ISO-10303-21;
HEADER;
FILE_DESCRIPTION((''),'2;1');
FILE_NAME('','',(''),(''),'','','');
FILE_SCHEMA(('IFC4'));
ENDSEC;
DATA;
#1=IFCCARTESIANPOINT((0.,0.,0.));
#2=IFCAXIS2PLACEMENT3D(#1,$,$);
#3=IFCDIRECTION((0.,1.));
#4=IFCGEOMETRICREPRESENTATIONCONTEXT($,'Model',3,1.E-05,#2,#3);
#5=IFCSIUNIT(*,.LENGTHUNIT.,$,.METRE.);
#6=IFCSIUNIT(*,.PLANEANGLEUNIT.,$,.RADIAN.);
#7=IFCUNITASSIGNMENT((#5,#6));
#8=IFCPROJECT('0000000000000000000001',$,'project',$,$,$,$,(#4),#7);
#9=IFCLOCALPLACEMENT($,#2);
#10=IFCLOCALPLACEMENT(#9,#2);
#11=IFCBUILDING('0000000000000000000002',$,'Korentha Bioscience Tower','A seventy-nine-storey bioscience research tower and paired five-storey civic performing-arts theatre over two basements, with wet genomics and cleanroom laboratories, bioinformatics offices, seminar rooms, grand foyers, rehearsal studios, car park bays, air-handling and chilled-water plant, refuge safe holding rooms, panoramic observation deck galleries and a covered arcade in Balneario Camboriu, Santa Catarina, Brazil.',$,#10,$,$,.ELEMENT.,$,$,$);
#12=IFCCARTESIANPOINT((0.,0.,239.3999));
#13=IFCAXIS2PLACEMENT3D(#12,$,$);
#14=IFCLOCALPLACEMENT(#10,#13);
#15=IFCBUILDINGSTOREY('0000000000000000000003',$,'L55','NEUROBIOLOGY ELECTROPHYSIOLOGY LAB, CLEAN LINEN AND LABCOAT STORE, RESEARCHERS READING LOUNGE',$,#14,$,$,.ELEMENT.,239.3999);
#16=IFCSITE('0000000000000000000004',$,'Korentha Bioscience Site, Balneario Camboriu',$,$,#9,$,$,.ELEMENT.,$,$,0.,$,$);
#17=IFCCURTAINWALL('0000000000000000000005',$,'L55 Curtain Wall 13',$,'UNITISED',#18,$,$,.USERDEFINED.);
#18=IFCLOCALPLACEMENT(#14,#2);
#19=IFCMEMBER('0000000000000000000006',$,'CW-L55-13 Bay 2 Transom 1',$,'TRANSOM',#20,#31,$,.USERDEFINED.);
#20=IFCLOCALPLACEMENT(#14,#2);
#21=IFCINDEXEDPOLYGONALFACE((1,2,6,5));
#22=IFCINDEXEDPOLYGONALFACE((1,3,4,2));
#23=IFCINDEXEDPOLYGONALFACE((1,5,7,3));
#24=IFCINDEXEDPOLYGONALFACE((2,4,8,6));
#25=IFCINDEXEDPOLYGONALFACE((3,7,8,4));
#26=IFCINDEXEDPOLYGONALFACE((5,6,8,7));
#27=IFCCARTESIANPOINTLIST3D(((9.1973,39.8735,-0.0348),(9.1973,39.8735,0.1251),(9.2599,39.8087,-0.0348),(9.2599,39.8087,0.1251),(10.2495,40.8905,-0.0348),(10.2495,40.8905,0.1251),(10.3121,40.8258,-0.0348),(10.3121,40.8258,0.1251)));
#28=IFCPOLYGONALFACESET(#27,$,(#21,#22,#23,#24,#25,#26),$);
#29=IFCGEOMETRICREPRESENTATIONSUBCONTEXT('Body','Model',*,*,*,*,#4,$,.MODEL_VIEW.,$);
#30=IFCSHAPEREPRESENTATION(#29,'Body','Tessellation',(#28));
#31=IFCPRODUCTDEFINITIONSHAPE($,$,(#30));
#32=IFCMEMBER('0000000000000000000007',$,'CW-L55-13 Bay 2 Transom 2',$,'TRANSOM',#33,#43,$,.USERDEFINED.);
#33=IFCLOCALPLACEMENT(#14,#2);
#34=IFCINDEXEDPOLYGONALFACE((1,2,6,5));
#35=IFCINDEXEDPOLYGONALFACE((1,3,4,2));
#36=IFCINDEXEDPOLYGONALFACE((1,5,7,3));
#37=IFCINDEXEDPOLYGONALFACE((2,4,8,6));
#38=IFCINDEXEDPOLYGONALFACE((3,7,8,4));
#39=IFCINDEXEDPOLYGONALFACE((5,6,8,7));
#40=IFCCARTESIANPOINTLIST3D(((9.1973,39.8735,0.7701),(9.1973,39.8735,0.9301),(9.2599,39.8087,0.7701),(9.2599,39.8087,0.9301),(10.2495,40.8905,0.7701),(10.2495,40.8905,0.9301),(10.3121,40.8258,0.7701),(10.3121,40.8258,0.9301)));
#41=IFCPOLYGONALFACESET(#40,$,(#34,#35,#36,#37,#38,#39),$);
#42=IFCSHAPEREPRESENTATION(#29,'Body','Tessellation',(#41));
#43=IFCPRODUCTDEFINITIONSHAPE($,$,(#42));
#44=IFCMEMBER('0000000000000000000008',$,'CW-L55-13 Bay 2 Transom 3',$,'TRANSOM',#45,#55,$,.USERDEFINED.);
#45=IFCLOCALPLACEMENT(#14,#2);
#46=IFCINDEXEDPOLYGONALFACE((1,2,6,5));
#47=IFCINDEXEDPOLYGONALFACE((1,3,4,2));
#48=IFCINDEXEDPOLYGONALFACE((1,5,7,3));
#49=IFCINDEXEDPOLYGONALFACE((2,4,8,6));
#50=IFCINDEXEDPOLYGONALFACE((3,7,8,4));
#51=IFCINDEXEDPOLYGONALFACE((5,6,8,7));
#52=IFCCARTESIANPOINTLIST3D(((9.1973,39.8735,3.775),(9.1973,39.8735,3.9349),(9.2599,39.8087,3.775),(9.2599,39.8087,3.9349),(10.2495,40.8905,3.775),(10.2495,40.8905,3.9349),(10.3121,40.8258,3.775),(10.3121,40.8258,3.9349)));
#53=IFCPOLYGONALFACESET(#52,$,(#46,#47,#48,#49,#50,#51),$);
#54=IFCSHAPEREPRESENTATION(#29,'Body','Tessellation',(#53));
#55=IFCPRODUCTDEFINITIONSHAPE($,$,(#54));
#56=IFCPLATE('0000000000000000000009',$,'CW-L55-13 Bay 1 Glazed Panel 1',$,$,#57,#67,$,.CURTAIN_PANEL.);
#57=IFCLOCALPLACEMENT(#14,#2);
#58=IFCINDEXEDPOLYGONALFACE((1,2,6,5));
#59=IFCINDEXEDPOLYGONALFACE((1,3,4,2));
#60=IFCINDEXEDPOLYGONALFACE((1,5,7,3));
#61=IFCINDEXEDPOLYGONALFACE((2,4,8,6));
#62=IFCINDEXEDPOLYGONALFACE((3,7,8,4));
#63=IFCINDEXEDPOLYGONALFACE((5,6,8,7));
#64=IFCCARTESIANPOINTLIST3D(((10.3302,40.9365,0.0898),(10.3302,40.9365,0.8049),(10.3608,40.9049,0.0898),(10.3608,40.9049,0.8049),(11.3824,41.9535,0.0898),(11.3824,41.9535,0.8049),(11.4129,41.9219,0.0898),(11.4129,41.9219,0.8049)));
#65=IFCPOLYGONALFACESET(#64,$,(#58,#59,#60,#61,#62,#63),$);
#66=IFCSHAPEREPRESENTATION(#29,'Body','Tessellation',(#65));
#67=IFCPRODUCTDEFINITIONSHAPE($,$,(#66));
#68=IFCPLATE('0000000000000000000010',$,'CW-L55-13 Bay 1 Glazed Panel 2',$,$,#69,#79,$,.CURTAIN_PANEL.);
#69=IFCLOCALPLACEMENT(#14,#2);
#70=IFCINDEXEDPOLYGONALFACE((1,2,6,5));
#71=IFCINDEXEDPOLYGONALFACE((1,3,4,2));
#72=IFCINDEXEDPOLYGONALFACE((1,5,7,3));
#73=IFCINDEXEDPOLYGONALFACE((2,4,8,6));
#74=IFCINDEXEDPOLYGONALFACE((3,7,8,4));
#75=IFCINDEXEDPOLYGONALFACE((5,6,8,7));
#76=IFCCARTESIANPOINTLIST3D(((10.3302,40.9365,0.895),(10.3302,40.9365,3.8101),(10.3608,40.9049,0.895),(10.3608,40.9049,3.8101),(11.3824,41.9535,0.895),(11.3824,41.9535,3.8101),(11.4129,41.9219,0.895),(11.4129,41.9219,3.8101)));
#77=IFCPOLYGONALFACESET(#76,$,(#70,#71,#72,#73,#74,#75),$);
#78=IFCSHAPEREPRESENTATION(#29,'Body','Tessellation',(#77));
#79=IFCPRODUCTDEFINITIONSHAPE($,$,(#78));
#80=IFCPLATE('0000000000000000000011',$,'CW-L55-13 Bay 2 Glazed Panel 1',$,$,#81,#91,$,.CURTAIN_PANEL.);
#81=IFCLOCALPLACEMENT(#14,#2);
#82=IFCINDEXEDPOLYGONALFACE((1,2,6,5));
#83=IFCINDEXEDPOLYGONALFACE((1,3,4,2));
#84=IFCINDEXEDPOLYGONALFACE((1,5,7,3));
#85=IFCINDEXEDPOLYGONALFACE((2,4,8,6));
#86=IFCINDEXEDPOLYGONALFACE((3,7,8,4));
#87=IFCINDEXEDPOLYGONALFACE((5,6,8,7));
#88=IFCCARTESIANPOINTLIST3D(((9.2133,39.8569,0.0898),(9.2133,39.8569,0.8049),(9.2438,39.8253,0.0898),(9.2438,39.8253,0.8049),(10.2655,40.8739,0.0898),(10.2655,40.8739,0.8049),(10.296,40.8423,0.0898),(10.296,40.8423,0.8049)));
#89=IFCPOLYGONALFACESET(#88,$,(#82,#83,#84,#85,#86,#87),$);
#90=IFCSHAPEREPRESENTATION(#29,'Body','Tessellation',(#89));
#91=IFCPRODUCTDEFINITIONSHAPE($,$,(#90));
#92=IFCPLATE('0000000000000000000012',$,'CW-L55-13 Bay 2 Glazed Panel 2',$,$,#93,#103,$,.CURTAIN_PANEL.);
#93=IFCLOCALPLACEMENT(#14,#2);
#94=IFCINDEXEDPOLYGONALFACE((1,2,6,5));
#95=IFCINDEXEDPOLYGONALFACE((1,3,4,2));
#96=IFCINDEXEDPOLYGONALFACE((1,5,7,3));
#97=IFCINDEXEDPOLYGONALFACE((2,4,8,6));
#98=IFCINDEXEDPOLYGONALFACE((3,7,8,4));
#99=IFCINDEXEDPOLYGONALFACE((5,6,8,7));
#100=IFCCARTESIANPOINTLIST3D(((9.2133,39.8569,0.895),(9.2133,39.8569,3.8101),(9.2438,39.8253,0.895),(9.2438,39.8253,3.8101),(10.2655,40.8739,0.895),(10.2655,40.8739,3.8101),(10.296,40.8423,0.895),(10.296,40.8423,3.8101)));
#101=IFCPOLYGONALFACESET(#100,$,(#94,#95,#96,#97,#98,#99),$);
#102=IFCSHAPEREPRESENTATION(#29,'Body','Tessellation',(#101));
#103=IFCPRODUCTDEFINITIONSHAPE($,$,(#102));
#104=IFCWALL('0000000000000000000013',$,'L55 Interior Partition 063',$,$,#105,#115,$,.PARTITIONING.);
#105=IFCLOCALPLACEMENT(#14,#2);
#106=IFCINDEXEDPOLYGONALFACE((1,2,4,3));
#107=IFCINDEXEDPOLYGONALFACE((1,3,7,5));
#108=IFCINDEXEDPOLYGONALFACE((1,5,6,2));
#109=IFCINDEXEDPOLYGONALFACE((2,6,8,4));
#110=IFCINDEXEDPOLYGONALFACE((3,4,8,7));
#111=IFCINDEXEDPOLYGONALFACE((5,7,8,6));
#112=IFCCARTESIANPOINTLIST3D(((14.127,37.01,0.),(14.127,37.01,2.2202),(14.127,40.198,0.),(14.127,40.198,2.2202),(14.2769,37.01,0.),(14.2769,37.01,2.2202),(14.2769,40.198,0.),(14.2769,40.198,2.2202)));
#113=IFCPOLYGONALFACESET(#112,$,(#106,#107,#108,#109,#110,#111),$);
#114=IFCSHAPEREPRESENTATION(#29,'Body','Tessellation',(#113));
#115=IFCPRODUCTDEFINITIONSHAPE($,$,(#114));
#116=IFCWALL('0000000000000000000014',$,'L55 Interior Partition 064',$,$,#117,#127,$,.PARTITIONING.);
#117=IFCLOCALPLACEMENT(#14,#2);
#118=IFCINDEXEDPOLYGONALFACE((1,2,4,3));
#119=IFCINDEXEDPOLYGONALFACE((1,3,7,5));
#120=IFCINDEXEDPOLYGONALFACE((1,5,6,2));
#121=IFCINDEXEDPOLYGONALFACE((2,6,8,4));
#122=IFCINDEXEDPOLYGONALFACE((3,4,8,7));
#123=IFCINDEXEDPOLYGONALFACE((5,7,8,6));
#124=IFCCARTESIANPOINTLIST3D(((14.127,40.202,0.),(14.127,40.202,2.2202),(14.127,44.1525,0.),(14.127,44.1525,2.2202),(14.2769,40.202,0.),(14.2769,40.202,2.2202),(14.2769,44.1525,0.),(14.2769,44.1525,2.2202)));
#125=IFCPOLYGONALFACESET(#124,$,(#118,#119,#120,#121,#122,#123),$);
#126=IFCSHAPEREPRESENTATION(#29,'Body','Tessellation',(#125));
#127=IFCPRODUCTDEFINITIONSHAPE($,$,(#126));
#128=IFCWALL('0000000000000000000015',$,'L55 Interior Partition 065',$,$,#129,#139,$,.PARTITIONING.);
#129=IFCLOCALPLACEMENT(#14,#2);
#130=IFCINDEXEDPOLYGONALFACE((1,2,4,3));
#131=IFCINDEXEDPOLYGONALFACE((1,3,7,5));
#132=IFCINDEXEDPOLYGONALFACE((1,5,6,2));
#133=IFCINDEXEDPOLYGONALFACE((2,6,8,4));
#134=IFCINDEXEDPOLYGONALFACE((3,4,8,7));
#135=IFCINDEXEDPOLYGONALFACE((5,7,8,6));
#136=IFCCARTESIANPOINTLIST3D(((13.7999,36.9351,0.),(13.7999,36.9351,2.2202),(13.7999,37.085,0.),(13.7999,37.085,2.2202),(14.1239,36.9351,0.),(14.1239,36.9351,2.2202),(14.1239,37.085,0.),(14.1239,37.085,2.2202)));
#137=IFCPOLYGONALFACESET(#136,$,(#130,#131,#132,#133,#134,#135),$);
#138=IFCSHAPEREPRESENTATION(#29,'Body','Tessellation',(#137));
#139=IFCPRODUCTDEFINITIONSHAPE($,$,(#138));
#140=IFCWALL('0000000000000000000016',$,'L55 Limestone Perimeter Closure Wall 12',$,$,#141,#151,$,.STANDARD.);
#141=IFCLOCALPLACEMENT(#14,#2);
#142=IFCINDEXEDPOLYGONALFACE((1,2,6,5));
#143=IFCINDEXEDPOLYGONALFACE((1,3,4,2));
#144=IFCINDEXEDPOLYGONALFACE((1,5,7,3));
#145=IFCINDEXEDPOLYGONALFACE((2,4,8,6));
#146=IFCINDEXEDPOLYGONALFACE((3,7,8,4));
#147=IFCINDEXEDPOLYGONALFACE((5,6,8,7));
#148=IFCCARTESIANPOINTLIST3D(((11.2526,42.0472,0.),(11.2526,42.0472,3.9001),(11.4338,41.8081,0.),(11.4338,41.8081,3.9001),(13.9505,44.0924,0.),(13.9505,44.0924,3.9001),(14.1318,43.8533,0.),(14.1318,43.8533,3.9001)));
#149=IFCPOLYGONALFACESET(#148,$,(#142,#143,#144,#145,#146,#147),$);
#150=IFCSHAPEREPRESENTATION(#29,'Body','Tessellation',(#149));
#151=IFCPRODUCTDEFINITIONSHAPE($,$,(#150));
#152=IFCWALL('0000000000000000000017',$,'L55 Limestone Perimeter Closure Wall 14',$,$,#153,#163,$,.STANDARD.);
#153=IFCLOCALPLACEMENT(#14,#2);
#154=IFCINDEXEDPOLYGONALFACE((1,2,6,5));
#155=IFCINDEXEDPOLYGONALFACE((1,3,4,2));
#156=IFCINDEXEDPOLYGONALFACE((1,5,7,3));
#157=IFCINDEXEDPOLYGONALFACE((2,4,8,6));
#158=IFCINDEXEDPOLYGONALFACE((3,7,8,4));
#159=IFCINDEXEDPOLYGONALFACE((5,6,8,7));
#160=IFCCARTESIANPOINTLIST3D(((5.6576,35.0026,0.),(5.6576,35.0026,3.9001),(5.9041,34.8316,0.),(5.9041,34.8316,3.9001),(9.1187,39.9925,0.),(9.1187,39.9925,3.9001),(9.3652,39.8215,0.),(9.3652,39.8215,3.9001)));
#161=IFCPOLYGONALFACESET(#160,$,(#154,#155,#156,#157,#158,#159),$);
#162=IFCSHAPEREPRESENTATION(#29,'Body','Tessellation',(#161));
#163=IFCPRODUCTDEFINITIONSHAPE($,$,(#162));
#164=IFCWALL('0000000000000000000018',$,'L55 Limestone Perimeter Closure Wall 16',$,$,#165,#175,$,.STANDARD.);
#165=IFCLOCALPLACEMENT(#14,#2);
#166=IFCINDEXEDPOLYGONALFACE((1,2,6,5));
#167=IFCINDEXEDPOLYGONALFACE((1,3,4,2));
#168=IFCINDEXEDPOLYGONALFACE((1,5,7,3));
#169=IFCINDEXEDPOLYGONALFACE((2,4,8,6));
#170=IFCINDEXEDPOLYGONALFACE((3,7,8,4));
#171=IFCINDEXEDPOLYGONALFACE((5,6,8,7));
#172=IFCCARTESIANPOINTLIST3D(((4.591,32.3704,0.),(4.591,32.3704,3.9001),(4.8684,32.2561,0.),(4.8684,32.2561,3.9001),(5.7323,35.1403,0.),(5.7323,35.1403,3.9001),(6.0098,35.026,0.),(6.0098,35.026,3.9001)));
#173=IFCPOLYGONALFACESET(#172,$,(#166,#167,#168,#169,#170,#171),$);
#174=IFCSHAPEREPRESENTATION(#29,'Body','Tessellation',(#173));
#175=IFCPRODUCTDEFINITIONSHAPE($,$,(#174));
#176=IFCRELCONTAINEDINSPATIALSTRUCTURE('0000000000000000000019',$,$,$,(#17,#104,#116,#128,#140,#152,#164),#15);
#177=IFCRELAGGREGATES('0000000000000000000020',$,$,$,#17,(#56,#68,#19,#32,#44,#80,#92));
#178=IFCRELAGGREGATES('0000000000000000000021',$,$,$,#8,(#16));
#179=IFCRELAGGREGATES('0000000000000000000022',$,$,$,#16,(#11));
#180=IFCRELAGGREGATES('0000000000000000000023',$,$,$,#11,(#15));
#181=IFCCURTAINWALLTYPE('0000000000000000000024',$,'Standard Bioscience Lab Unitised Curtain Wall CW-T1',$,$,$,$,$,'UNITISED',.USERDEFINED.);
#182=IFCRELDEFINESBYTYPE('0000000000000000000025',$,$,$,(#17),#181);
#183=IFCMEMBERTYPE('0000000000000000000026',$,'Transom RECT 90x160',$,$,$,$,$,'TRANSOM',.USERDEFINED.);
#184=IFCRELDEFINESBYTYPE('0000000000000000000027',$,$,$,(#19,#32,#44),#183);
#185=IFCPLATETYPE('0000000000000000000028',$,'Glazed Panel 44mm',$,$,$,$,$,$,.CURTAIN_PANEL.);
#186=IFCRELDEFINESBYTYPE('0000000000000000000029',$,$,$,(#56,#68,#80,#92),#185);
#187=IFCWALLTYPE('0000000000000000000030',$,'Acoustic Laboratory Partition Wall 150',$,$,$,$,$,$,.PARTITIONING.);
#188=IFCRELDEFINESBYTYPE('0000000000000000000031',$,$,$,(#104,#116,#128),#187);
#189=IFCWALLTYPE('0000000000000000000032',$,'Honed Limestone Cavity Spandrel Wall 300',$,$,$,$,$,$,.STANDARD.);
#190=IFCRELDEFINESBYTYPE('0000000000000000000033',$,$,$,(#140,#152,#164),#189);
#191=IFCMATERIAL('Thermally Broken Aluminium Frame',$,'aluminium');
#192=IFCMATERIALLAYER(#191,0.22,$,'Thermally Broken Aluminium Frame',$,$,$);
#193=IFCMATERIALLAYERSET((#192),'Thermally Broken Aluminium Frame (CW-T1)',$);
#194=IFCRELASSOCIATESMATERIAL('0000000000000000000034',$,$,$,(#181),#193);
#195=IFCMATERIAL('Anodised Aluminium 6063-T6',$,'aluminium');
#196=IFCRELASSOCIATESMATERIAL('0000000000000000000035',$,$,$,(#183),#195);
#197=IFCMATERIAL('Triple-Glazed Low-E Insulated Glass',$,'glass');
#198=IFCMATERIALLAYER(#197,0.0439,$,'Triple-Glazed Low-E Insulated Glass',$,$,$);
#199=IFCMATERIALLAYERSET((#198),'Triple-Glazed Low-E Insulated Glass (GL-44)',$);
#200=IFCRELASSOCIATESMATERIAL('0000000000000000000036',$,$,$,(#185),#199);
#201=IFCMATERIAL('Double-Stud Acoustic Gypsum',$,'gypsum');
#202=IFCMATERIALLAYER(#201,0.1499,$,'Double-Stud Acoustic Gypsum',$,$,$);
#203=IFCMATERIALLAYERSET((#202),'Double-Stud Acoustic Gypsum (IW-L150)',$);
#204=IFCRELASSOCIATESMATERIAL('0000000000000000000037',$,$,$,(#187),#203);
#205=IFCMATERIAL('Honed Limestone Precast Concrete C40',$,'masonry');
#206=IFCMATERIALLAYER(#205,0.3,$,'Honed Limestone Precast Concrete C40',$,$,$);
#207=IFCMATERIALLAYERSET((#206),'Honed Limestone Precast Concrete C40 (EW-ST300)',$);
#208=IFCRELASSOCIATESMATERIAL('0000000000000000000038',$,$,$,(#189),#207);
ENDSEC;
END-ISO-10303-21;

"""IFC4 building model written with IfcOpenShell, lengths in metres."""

from ifc_helpers import new_model, si_unit, direction, frame, frame_2d, origin, origin_2d, place, context, subcontext, project, spatial, rectangle, extrude, material, layer, layer_set, material_profile, profile_set, type_object, element, aggregate, save


model = new_model("IFC4")

# Units and contexts
model_context = context("Model", 3, precision=1e-05, world=origin(), true_north=direction((0.0, 1.0)))
body_context = subcontext(model_context, "Body", "Model", "MODEL_VIEW")
ifc_project = project(units=[si_unit("LENGTHUNIT", "METRE"), si_unit("PLANEANGLEUNIT", "RADIAN")], contexts=[model_context])

# Site, building, storey
site_placement = place(None, origin())
site = spatial("IfcSite", under=ifc_project, at=site_placement, Name="Korentha Bioscience Site, Balneario Camboriu", CompositionType="ELEMENT", RefElevation=0.0)
building_placement = place(site_placement, origin())
building = spatial("IfcBuilding", under=site, at=building_placement, Name="Korentha Bioscience Tower", Description="A seventy-nine-storey bioscience research tower and paired five-storey civic performing-arts theatre over two basements, with wet genomics and cleanroom laboratories, bioinformatics offices, seminar rooms, grand foyers, rehearsal studios, car park bays, air-handling and chilled-water plant, refuge safe holding rooms, panoramic observation deck galleries and a covered arcade in Balneario Camboriu, Santa Catarina, Brazil.", CompositionType="ELEMENT")
storey_placement = place(building_placement, frame((0.0, 0.0, 239.3999)))
storey = spatial("IfcBuildingStorey", under=building, at=storey_placement, Name="L55", Description="NEUROBIOLOGY ELECTROPHYSIOLOGY LAB, CLEAN LINEN AND LABCOAT STORE, RESEARCHERS READING LOUNGE", CompositionType="ELEMENT", Elevation=239.3999)

# Curtain wall, members, plates
ifc_material_1 = material(Name="Thermally Broken Aluminium Frame", Category="aluminium")
ifc_layer_1 = layer(ifc_material_1, 0.22, Name="Thermally Broken Aluminium Frame")
ifc_layer_set_1 = layer_set([ifc_layer_1], Name="Thermally Broken Aluminium Frame (CW-T1)")
curtain_wall_type = type_object("IfcCurtainWallType", Name="Standard Bioscience Lab Unitised Curtain Wall CW-T1", ElementType="UNITISED", PredefinedType="USERDEFINED", material=ifc_layer_set_1)
curtain_wall_placement = place(storey_placement, origin())
curtain_wall = element("IfcCurtainWall", 1, at=curtain_wall_placement, inside=storey, type_object=curtain_wall_type, Name="L55 Curtain Wall 13", ObjectType="UNITISED", PredefinedType="USERDEFINED")
ifc_material_2 = material(Name="Anodised Aluminium 6063-T6", Category="aluminium")
ifc_material_profile_1 = material_profile(ifc_material_2, rectangle(XDim=0.0901, YDim=0.1599, at=origin_2d()), Name="Anodised Aluminium 6063-T6")
ifc_profile_set_1 = profile_set([ifc_material_profile_1], Name="Anodised Aluminium 6063-T6 (CW-TRN)")
member_type_1 = type_object("IfcMemberType", Name="Transom RECT 90x160", ElementType="TRANSOM", PredefinedType="USERDEFINED", material=ifc_profile_set_1)
member_1_placement = place(storey_placement, frame((10.2808, 40.8582, 0.0452), z_axis=(-0.719016, -0.694993, 0.0), x_axis=(0.694993, -0.719016, 0.0)))
member_1 = element("IfcMember", 2, at=member_1_placement, type_object=member_type_1, Name="CW-L55-13 Bay 2 Transom 1", ObjectType="TRANSOM", PredefinedType="USERDEFINED", context=body_context, shape_type="SweptSolid", body=[
    extrude(rectangle(XDim=0.0901, YDim=0.1599, at=origin_2d()), origin(), (0.0, 0.0, 1.0), 1.4634),
])
member_2_placement = place(storey_placement, frame((10.2808, 40.8582, 0.8501), z_axis=(-0.719016, -0.694993, 0.0), x_axis=(0.694993, -0.719016, 0.0)))
member_2 = element("IfcMember", 3, at=member_2_placement, type_object=member_type_1, Name="CW-L55-13 Bay 2 Transom 2", ObjectType="TRANSOM", PredefinedType="USERDEFINED", context=body_context, shape_type="SweptSolid", body=[
    extrude(rectangle(XDim=0.0901, YDim=0.1599, at=origin_2d()), origin(), (0.0, 0.0, 1.0), 1.4634),
])
member_3_placement = place(storey_placement, frame((10.2808, 40.8582, 3.855), z_axis=(-0.719016, -0.694993, 0.0), x_axis=(0.694993, -0.719016, 0.0)))
member_3 = element("IfcMember", 4, at=member_3_placement, type_object=member_type_1, Name="CW-L55-13 Bay 2 Transom 3", ObjectType="TRANSOM", PredefinedType="USERDEFINED", context=body_context, shape_type="SweptSolid", body=[
    extrude(rectangle(XDim=0.0901, YDim=0.1599, at=origin_2d()), origin(), (0.0, 0.0, 1.0), 1.4634),
])
ifc_material_3 = material(Name="Triple-Glazed Low-E Insulated Glass", Category="glass")
ifc_layer_2 = layer(ifc_material_3, 0.0439, Name="Triple-Glazed Low-E Insulated Glass")
ifc_layer_set_2 = layer_set([ifc_layer_2], Name="Triple-Glazed Low-E Insulated Glass (GL-44)")
plate_type = type_object("IfcPlateType", Name="Glazed Panel 44mm", PredefinedType="CURTAIN_PANEL", material=ifc_layer_set_2)
plate_1_placement = place(storey_placement, frame((10.8716, 41.4292, 0.0898), z_axis=(0.0, 0.0, 1.0), x_axis=(-0.719, -0.69501, 0.0)))
plate_1 = element("IfcPlate", 5, at=plate_1_placement, type_object=plate_type, Name="CW-L55-13 Bay 1 Glazed Panel 1", PredefinedType="CURTAIN_PANEL", context=body_context, shape_type="SweptSolid", body=[
    extrude(rectangle(XDim=1.4634, YDim=0.0439, at=origin_2d()), origin(), (0.0, 0.0, 1.0), 0.7151),
])
plate_2_placement = place(storey_placement, frame((10.8716, 41.4292, 0.895), z_axis=(0.0, 0.0, 1.0), x_axis=(-0.719, -0.69501, 0.0)))
plate_2 = element("IfcPlate", 6, at=plate_2_placement, type_object=plate_type, Name="CW-L55-13 Bay 1 Glazed Panel 2", PredefinedType="CURTAIN_PANEL", context=body_context, shape_type="SweptSolid", body=[
    extrude(rectangle(XDim=1.4634, YDim=0.0439, at=origin_2d()), origin(), (0.0, 0.0, 1.0), 2.915),
])
plate_3_placement = place(storey_placement, frame((9.7546, 40.3496, 0.0898), z_axis=(0.0, 0.0, 1.0), x_axis=(-0.719, -0.69501, 0.0)))
plate_3 = element("IfcPlate", 7, at=plate_3_placement, type_object=plate_type, Name="CW-L55-13 Bay 2 Glazed Panel 1", PredefinedType="CURTAIN_PANEL", context=body_context, shape_type="SweptSolid", body=[
    extrude(rectangle(XDim=1.4634, YDim=0.0439, at=origin_2d()), origin(), (0.0, 0.0, 1.0), 0.7151),
])
plate_4_placement = place(storey_placement, frame((9.7546, 40.3496, 0.895), z_axis=(0.0, 0.0, 1.0), x_axis=(-0.719, -0.69501, 0.0)))
plate_4 = element("IfcPlate", 8, at=plate_4_placement, type_object=plate_type, Name="CW-L55-13 Bay 2 Glazed Panel 2", PredefinedType="CURTAIN_PANEL", context=body_context, shape_type="SweptSolid", body=[
    extrude(rectangle(XDim=1.4634, YDim=0.0439, at=origin_2d()), origin(), (0.0, 0.0, 1.0), 2.915),
])
aggregate(curtain_wall, [plate_1, plate_2, member_1, member_2, member_3, plate_3, plate_4])

# Shared definitions
ifc_material_4 = material(Name="Double-Stud Acoustic Gypsum", Category="gypsum")
ifc_layer_3 = layer(ifc_material_4, 0.1499, Name="Double-Stud Acoustic Gypsum")
ifc_layer_set_3 = layer_set([ifc_layer_3], Name="Double-Stud Acoustic Gypsum (IW-L150)")
wall_type_1 = type_object("IfcWallType", Name="Acoustic Laboratory Partition Wall 150", PredefinedType="PARTITIONING", material=ifc_layer_set_3)

# Walls
wall_1_placement = place(storey_placement, frame((14.2019, 37.01, 0.0), z_axis=(0.0, 0.0, 1.0), x_axis=(0.0, 1.0, 0.0)))
element("IfcWall", 9, at=wall_1_placement, inside=storey, type_object=wall_type_1, Name="L55 Interior Partition 063", PredefinedType="PARTITIONING", context=body_context, shape_type="SweptSolid", body=[
    extrude(rectangle(XDim=3.188, YDim=0.1499, at=frame_2d((1.594, 0.0))), origin(), (0.0, 0.0, 1.0), 2.2202),
])
wall_2_placement = place(storey_placement, frame((14.2019, 40.2021, 0.0), z_axis=(0.0, 0.0, 1.0), x_axis=(0.0, 1.0, 0.0)))
element("IfcWall", 10, at=wall_2_placement, inside=storey, type_object=wall_type_1, Name="L55 Interior Partition 064", PredefinedType="PARTITIONING", context=body_context, shape_type="SweptSolid", body=[
    extrude(rectangle(XDim=3.9504, YDim=0.1499, at=frame_2d((1.9751, 0.0))), origin(), (0.0, 0.0, 1.0), 2.2202),
])
wall_3_placement = place(storey_placement, frame((14.124, 37.01, 0.0), z_axis=(0.0, 0.0, 1.0), x_axis=(-1.0, 0.0, 0.0)))
element("IfcWall", 11, at=wall_3_placement, inside=storey, type_object=wall_type_1, Name="L55 Interior Partition 065", PredefinedType="PARTITIONING", context=body_context, shape_type="SweptSolid", body=[
    extrude(rectangle(XDim=0.324, YDim=0.1499, at=frame_2d((0.1621, 0.0))), origin(), (0.0, 0.0, 1.0), 2.2202),
])
ifc_material_5 = material(Name="Honed Limestone Precast Concrete C40", Category="masonry")
ifc_layer_4 = layer(ifc_material_5, 0.3, Name="Honed Limestone Precast Concrete C40")
ifc_layer_set_4 = layer_set([ifc_layer_4], Name="Honed Limestone Precast Concrete C40 (EW-ST300)")
wall_type_2 = type_object("IfcWallType", Name="Honed Limestone Cavity Spandrel Wall 300", PredefinedType="STANDARD", material=ifc_layer_set_4)
wall_4_placement = place(storey_placement, frame((14.0413, 43.9729, 0.0), z_axis=(0.0, 0.0, 1.0), x_axis=(-0.796918, -0.604088, 0.0)))
element("IfcWall", 12, at=wall_4_placement, inside=storey, type_object=wall_type_2, Name="L55 Limestone Perimeter Closure Wall 12", PredefinedType="STANDARD", context=body_context, shape_type="SweptSolid", body=[
    extrude(rectangle(XDim=3.3855, YDim=0.3, at=frame_2d((1.6929, 0.0))), origin(), (0.0, 0.0, 1.0), 3.9001),
])
wall_5_placement = place(storey_placement, frame((9.2419, 39.907, 0.0), z_axis=(0.0, 0.0, 1.0), x_axis=(-0.569941, -0.821685, 0.0)))
element("IfcWall", 13, at=wall_5_placement, inside=storey, type_object=wall_type_2, Name="L55 Limestone Perimeter Closure Wall 14", PredefinedType="STANDARD", context=body_context, shape_type="SweptSolid", body=[
    extrude(rectangle(XDim=6.0728, YDim=0.3, at=frame_2d((3.0364, 0.0))), origin(), (0.0, 0.0, 1.0), 3.9001),
])
wall_6_placement = place(storey_placement, frame((5.8711, 35.0833, 0.0), z_axis=(0.0, 0.0, 1.0), x_axis=(-0.380967, -0.924589, 0.0)))
element("IfcWall", 14, at=wall_6_placement, inside=storey, type_object=wall_type_2, Name="L55 Limestone Perimeter Closure Wall 16", PredefinedType="STANDARD", context=body_context, shape_type="SweptSolid", body=[
    extrude(rectangle(XDim=2.9958, YDim=0.3, at=frame_2d((1.498, 0.0))), origin(), (0.0, 0.0, 1.0), 3.9001),
])

save(model, "model.ifc")
